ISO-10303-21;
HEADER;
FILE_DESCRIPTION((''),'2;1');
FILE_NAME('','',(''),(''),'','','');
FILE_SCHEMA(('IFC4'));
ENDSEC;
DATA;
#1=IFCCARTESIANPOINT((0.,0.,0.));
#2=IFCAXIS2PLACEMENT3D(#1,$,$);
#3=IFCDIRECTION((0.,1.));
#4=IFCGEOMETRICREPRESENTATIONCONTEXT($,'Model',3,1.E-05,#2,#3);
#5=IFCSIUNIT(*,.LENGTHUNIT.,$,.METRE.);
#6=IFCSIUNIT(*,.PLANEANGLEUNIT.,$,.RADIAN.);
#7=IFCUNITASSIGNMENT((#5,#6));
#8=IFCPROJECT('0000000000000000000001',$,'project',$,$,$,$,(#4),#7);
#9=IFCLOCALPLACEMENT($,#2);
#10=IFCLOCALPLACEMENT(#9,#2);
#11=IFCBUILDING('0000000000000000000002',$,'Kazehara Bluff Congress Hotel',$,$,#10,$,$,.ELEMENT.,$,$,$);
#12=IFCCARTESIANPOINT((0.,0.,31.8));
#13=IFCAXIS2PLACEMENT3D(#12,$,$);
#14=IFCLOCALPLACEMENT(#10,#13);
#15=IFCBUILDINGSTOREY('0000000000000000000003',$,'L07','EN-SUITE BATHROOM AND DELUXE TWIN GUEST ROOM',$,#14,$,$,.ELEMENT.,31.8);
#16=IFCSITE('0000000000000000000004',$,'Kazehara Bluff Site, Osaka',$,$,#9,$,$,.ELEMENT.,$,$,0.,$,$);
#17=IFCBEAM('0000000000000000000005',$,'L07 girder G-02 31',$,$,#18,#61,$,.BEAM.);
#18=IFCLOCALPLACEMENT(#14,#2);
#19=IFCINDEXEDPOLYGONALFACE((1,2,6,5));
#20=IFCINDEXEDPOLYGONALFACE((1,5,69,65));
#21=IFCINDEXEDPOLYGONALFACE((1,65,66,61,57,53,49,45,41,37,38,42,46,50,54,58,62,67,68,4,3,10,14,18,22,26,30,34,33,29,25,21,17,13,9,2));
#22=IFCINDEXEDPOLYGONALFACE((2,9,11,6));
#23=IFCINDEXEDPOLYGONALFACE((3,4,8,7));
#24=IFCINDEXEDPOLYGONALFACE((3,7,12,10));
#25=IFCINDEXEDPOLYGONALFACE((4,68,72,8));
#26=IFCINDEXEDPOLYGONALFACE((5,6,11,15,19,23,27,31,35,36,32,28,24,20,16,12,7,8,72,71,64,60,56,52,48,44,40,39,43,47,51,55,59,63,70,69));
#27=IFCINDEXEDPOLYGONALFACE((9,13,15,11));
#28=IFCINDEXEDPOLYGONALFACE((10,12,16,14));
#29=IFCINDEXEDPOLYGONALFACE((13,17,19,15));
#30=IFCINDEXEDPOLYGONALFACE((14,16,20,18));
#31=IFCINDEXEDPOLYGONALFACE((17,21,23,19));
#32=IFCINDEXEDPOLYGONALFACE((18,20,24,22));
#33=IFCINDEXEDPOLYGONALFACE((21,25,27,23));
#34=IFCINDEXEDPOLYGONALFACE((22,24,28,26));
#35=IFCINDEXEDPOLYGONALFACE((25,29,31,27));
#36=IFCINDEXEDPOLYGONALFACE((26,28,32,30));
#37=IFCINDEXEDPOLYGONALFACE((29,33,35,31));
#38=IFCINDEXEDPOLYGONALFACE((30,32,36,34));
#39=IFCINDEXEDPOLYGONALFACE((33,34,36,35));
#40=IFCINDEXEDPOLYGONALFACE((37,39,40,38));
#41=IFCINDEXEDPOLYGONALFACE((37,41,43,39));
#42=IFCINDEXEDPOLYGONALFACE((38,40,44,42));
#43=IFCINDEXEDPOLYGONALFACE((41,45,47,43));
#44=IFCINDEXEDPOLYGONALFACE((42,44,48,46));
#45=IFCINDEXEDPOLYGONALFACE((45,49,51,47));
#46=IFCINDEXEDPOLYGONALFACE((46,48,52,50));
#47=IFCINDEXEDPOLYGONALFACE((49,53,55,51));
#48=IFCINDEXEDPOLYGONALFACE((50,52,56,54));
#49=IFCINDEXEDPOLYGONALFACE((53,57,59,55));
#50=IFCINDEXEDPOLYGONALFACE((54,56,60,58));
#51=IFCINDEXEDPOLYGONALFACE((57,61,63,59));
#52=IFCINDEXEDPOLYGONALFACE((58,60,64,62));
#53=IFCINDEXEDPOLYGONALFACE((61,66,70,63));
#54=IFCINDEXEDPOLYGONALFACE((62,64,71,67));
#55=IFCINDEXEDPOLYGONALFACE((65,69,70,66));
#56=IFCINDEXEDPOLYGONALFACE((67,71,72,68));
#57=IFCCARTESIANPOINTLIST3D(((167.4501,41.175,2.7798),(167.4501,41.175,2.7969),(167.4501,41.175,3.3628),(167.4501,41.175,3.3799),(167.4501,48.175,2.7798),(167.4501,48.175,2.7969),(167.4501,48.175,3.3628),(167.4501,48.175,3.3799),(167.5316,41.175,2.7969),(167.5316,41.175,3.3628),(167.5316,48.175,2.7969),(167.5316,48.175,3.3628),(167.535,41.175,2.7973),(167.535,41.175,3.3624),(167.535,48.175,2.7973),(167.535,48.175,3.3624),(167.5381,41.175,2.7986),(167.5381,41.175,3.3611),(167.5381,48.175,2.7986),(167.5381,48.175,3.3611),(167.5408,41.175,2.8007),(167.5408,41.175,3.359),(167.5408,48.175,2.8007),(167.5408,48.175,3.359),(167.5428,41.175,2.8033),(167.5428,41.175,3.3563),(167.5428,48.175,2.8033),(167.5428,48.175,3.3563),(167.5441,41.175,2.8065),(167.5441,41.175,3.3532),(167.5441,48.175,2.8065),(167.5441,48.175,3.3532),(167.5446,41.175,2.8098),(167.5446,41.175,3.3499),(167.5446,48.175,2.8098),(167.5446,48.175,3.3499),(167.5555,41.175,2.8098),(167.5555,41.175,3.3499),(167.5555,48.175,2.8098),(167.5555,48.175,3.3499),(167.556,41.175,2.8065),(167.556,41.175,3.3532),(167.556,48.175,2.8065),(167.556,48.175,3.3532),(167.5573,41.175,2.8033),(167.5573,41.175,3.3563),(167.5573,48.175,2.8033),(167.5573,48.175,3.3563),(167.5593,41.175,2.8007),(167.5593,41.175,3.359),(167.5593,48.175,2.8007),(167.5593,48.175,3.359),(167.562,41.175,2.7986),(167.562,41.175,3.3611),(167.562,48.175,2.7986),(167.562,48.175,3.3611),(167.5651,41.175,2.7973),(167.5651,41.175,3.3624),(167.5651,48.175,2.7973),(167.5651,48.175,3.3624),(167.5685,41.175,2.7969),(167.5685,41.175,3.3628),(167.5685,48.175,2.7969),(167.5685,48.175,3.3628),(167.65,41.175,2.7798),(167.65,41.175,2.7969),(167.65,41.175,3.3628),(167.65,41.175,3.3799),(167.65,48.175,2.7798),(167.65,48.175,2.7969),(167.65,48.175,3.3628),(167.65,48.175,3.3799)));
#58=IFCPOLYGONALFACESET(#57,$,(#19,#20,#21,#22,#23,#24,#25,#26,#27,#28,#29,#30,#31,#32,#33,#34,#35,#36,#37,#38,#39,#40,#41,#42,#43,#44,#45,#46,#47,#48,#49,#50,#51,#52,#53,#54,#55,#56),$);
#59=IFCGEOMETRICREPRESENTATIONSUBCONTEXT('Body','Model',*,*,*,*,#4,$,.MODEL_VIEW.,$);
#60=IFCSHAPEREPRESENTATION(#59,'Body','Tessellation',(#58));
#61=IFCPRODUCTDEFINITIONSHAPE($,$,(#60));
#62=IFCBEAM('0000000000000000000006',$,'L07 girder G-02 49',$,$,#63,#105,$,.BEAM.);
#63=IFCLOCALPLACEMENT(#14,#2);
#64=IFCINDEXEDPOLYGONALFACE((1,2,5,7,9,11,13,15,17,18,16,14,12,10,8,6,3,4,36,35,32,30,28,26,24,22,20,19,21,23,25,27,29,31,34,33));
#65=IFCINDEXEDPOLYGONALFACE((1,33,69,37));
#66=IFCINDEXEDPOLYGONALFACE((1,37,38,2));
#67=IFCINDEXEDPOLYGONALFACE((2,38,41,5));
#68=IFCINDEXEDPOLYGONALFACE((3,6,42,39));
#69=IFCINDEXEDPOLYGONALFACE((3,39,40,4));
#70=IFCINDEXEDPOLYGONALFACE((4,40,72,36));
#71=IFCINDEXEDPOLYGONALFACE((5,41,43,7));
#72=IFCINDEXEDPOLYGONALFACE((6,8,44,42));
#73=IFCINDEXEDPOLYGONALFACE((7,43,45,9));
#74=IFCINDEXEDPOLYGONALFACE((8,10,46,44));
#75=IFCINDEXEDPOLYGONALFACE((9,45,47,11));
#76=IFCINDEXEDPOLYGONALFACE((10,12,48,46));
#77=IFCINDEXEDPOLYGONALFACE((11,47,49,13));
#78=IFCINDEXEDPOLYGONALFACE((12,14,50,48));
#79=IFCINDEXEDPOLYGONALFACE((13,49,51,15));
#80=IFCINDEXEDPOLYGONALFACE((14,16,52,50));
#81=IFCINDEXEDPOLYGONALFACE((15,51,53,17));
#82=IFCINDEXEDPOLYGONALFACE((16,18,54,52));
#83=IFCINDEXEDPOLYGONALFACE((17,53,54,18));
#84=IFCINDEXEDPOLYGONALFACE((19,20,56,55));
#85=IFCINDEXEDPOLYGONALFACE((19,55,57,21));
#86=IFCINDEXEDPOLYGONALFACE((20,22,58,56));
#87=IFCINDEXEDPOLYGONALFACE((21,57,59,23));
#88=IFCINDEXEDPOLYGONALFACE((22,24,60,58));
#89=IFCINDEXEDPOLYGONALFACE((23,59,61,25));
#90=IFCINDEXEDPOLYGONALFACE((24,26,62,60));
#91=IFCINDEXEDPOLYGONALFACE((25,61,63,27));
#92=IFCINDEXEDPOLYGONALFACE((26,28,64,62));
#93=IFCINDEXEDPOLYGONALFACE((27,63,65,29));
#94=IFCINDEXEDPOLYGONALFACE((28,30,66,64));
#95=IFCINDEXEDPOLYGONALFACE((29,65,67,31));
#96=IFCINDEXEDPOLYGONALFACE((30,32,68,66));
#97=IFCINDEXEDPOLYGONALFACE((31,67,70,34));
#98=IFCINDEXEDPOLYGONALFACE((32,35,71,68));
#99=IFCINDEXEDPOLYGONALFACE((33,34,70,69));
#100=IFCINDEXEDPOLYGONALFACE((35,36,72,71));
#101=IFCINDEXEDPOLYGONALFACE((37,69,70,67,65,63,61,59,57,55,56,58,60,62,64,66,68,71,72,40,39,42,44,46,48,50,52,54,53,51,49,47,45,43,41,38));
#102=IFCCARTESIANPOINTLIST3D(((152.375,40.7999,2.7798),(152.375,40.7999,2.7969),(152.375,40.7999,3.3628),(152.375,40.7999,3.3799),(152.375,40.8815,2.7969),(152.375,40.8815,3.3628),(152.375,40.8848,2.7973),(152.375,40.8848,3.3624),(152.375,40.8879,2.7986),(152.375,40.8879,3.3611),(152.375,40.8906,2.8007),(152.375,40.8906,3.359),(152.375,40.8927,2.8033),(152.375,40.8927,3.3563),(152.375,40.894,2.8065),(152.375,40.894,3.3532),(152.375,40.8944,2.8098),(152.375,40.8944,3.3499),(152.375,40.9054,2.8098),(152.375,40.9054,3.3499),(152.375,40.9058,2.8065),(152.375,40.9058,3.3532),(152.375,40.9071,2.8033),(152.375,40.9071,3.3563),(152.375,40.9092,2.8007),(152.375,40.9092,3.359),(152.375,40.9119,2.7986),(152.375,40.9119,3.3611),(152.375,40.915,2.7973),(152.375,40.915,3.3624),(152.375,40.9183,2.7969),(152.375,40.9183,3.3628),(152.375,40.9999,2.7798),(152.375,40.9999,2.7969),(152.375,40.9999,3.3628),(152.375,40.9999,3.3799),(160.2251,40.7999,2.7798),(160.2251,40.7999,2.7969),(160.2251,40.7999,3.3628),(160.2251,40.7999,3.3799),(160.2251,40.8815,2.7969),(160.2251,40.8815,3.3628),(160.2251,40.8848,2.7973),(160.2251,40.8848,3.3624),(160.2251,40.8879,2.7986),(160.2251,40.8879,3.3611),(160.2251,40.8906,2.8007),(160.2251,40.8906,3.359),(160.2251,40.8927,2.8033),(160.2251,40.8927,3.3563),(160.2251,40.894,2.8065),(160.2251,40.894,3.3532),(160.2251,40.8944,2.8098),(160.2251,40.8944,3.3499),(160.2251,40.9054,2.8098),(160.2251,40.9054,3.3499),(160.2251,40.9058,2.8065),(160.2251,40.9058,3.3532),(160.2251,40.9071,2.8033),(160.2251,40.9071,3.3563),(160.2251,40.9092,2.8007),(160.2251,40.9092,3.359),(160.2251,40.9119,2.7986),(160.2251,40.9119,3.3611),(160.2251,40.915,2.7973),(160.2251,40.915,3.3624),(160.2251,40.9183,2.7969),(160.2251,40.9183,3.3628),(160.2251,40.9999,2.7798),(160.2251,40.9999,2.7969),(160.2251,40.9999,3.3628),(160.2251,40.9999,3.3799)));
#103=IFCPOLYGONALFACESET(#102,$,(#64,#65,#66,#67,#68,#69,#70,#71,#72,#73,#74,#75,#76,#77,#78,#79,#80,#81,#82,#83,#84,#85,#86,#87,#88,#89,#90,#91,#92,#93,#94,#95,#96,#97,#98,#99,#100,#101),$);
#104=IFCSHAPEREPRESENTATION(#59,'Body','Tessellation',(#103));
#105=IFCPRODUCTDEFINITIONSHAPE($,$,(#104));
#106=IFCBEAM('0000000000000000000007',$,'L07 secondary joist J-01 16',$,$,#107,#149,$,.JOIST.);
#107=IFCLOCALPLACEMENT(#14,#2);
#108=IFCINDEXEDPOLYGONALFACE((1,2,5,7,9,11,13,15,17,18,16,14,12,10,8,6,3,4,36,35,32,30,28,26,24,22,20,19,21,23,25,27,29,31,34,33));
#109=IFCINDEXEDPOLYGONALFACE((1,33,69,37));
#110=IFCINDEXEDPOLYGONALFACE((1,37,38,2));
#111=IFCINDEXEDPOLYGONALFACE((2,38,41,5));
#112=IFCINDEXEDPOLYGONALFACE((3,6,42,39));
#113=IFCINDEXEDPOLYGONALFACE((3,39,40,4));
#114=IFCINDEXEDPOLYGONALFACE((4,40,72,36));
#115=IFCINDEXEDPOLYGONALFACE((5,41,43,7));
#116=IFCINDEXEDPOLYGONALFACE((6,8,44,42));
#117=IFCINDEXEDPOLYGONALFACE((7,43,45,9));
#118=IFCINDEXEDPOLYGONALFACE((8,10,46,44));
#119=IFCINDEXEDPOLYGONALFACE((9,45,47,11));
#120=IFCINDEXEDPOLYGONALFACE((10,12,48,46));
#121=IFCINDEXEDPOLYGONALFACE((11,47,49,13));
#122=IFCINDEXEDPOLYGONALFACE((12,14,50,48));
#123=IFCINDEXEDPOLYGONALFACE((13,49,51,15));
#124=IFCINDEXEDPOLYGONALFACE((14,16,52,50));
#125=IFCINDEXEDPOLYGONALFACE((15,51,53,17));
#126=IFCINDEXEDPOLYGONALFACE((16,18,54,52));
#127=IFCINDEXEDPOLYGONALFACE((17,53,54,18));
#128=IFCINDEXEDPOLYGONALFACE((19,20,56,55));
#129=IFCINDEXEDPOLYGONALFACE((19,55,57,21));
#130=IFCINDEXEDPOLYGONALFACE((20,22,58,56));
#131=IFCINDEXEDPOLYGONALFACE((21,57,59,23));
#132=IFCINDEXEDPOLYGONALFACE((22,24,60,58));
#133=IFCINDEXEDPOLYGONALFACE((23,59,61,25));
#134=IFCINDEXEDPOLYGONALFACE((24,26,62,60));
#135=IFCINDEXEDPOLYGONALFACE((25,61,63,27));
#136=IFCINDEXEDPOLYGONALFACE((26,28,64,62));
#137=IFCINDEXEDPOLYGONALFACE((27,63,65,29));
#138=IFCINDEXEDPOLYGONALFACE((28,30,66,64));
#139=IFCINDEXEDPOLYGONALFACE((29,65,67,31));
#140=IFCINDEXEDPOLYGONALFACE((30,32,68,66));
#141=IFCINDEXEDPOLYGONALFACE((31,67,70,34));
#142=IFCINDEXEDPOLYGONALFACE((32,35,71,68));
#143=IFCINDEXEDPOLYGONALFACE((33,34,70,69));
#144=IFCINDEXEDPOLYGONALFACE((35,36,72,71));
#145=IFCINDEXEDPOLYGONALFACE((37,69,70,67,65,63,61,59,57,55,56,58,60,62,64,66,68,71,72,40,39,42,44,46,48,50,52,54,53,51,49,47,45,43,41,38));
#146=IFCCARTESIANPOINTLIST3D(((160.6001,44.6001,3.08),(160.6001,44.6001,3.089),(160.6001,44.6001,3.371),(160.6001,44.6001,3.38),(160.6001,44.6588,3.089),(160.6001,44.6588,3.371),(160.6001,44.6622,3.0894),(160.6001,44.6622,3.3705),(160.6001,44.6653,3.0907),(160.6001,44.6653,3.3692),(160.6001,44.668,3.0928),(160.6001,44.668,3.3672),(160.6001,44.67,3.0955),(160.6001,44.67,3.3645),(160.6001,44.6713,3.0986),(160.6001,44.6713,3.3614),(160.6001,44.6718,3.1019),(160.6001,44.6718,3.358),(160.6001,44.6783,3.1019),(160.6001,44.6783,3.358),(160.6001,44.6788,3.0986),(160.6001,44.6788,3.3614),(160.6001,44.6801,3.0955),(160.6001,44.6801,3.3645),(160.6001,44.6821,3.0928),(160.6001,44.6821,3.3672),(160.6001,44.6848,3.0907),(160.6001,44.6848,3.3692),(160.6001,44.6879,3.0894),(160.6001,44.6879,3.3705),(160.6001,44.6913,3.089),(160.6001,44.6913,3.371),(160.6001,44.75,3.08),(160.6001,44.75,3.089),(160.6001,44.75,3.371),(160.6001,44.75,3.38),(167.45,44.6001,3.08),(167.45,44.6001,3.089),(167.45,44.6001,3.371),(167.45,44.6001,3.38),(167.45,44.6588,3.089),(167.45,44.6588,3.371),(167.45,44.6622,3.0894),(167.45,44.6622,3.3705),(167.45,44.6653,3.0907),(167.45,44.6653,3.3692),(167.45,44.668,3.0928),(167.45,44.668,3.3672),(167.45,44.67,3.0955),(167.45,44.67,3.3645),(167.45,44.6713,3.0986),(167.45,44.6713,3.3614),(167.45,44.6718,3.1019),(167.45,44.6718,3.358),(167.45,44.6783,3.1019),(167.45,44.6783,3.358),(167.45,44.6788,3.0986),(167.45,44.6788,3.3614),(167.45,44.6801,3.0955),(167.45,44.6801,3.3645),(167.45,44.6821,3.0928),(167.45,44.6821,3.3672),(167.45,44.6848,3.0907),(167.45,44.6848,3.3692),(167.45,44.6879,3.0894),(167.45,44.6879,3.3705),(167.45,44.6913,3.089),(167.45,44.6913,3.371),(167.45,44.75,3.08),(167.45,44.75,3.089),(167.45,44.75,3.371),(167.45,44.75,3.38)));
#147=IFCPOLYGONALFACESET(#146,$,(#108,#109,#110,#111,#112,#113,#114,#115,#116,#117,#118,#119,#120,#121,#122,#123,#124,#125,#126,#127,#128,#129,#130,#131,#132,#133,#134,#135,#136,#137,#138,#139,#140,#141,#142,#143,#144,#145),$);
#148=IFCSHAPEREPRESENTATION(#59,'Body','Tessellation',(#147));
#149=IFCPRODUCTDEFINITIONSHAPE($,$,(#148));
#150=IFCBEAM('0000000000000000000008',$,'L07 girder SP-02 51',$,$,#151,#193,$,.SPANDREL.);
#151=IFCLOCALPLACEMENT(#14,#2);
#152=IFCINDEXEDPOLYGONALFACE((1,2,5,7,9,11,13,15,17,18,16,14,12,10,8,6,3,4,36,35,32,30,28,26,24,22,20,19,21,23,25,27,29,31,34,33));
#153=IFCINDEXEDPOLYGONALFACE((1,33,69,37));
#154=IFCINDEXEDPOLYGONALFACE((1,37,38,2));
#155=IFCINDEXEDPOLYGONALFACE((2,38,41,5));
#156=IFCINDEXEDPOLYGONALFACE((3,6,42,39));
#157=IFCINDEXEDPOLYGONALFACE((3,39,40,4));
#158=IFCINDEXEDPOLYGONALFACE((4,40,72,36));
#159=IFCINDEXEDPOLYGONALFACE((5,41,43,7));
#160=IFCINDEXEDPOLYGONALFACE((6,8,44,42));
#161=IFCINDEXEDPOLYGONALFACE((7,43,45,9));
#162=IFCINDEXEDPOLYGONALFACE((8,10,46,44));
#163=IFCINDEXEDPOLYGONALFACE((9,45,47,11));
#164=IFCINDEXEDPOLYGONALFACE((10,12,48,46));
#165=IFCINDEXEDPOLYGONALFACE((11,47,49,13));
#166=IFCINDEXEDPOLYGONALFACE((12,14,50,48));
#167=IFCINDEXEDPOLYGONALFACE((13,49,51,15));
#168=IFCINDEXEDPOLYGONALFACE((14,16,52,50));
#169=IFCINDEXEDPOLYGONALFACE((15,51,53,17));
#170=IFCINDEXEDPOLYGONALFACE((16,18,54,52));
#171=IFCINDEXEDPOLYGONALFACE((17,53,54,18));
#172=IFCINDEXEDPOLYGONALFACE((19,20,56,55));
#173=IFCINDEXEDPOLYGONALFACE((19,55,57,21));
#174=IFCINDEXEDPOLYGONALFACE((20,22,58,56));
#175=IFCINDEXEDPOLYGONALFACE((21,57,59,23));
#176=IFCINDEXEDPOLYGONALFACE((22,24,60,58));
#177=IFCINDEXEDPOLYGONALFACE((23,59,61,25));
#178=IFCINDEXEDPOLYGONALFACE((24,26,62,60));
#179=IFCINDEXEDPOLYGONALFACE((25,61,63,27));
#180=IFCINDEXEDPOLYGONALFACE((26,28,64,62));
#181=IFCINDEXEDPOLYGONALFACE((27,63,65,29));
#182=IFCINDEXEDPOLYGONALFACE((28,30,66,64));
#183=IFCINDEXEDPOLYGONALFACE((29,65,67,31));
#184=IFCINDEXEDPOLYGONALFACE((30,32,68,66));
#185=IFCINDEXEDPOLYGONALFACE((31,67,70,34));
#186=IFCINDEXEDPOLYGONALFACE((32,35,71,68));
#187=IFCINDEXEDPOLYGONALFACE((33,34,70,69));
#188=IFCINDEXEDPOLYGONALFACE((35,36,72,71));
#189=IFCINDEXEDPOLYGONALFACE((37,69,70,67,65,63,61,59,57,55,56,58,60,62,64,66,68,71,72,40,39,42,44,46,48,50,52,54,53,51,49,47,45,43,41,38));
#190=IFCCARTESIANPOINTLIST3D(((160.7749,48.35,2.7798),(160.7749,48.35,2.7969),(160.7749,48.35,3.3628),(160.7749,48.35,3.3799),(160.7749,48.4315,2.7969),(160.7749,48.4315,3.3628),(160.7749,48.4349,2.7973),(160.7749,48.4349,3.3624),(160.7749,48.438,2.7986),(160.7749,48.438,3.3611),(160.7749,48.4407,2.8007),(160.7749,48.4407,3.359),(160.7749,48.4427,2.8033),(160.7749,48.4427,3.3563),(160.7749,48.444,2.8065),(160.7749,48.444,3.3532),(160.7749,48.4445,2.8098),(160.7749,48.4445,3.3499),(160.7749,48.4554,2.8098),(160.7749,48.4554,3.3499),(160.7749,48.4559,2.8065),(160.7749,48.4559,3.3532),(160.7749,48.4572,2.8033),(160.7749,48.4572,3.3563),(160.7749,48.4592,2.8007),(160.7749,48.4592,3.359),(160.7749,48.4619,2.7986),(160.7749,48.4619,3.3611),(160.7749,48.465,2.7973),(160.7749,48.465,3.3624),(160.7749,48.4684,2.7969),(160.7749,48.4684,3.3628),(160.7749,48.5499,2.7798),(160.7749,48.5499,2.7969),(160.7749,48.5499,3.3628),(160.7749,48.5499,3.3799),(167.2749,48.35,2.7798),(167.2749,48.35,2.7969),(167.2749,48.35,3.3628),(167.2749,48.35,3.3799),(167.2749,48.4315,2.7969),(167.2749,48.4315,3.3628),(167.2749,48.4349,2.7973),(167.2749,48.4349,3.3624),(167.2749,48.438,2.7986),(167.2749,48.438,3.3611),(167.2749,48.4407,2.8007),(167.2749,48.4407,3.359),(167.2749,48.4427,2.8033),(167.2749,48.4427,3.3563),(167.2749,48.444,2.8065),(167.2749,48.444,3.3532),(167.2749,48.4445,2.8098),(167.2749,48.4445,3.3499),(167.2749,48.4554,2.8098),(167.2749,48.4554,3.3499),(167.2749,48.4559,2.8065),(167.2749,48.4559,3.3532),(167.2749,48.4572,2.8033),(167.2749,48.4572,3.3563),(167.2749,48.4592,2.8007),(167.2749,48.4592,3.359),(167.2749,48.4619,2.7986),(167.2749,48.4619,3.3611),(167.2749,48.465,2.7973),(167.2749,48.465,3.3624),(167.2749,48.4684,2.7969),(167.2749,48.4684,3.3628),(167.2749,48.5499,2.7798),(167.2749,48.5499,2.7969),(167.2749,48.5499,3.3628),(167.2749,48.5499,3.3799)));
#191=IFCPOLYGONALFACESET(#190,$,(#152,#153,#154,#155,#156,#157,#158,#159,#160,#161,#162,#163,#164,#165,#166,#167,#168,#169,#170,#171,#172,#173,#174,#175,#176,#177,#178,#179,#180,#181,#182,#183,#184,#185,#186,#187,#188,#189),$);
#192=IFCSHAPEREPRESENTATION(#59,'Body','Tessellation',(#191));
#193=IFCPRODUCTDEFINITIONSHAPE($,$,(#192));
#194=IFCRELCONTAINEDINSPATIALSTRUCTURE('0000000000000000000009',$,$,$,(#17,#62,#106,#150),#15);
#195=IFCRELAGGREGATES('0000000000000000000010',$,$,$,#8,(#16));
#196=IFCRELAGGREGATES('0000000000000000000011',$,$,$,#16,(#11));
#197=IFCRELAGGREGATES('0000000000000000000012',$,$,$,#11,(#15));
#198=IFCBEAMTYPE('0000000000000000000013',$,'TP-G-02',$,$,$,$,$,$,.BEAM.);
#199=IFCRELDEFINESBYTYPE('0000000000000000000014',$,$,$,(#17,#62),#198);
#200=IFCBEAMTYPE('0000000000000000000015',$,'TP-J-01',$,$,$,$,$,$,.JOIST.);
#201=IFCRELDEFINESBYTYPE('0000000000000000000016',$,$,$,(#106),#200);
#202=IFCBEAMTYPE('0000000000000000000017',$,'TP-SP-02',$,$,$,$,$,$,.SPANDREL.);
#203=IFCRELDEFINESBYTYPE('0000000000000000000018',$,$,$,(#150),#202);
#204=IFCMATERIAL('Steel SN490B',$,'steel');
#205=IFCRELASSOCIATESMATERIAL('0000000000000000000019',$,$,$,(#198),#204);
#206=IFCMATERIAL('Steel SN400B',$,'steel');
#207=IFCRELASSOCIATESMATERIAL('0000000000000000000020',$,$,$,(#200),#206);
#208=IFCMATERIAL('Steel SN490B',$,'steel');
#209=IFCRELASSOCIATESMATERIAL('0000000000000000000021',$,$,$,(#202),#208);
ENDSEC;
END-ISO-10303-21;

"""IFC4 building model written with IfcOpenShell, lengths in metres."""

from ifc_helpers import new_model, si_unit, direction, frame, origin, origin_2d, place, context, subcontext, project, spatial, i_section, extrude, material, material_profile, profile_set, type_object, element, save


model = new_model("IFC4")

# Units and contexts
model_context = context("Model", 3, precision=1e-05, world=origin(), true_north=direction((0.0, 1.0)))
body_context = subcontext(model_context, "Body", "Model", "MODEL_VIEW")
ifc_project = project(units=[si_unit("LENGTHUNIT", "METRE"), si_unit("PLANEANGLEUNIT", "RADIAN")], contexts=[model_context])

# Site, building, storey
site_placement = place(None, origin())
site = spatial("IfcSite", under=ifc_project, at=site_placement, Name="Kazehara Bluff Site, Osaka", CompositionType="ELEMENT", RefElevation=0.0)
building_placement = place(site_placement, origin())
building = spatial("IfcBuilding", under=site, at=building_placement, Name="Kazehara Bluff Congress Hotel", CompositionType="ELEMENT")
storey_placement = place(building_placement, frame((0.0, 0.0, 31.8)))
storey = spatial("IfcBuildingStorey", under=building, at=storey_placement, Name="L07", Description="EN-SUITE BATHROOM AND DELUXE TWIN GUEST ROOM", CompositionType="ELEMENT", Elevation=31.8)

# Beams
ifc_material_1 = material(Name="Steel SN490B", Category="steel")
ifc_material_profile_1 = material_profile(ifc_material_1, i_section(OverallWidth=0.2, OverallDepth=0.6001, WebThickness=0.011, FlangeThickness=0.0171, FilletRadius=0.0129, at=origin_2d()))
ifc_profile_set_1 = profile_set([ifc_material_profile_1], Name="Steel SN490B")
beam_type_1 = type_object("IfcBeamType", Name="TP-G-02", PredefinedType="BEAM", material=ifc_profile_set_1)
for number, where, z_axis, x_axis, name in (
    (1, (167.55, 41.175, 3.0798), (0.0, 1.0, 0.0), (-1.0, 0.0, 0.0), "L07 girder G-02 31"),
):
    element("IfcBeam", number, at=place(storey_placement, frame(where, z_axis=z_axis, x_axis=x_axis)), inside=storey, type_object=beam_type_1, Name=name, PredefinedType="BEAM", context=body_context, shape_type="SweptSolid", body=[
        extrude(i_section(OverallWidth=0.2, OverallDepth=0.6001, WebThickness=0.011, FlangeThickness=0.0171, FilletRadius=0.0129, at=origin_2d()), origin(), (0.0, 0.0, 1.0), 7.0),
    ])
beam_1_placement = place(storey_placement, frame((152.375, 40.8999, 3.0798), z_axis=(1.0, 0.0, 0.0), x_axis=(0.0, 1.0, 0.0)))
element("IfcBeam", 2, at=beam_1_placement, inside=storey, type_object=beam_type_1, Name="L07 girder G-02 49", PredefinedType="BEAM", context=body_context, shape_type="SweptSolid", body=[
    extrude(i_section(OverallWidth=0.2, OverallDepth=0.6001, WebThickness=0.011, FlangeThickness=0.0171, FilletRadius=0.0129, at=origin_2d()), origin(), (0.0, 0.0, 1.0), 7.8501),
])
ifc_material_2 = material(Name="Steel SN400B", Category="steel")
ifc_material_profile_2 = material_profile(ifc_material_2, i_section(OverallWidth=0.1499, OverallDepth=0.3, WebThickness=0.0066, FlangeThickness=0.009, FilletRadius=0.0129, at=origin_2d()))
ifc_profile_set_2 = profile_set([ifc_material_profile_2], Name="Steel SN400B")
beam_type_2 = type_object("IfcBeamType", Name="TP-J-01", PredefinedType="JOIST", material=ifc_profile_set_2)
beam_2_placement = place(storey_placement, frame((160.6001, 44.675, 3.23), z_axis=(1.0, 0.0, 0.0), x_axis=(0.0, 1.0, 0.0)))
element("IfcBeam", 3, at=beam_2_placement, inside=storey, type_object=beam_type_2, Name="L07 secondary joist J-01 16", PredefinedType="JOIST", context=body_context, shape_type="SweptSolid", body=[
    extrude(i_section(OverallWidth=0.1499, OverallDepth=0.3, WebThickness=0.0066, FlangeThickness=0.009, FilletRadius=0.0129, at=origin_2d()), origin(), (0.0, 0.0, 1.0), 6.8499),
])
ifc_material_3 = material(Name="Steel SN490B", Category="steel")
ifc_material_profile_3 = material_profile(ifc_material_3, i_section(OverallWidth=0.2, OverallDepth=0.6001, WebThickness=0.011, FlangeThickness=0.0171, FilletRadius=0.0129, at=origin_2d()))
ifc_profile_set_3 = profile_set([ifc_material_profile_3], Name="Steel SN490B")
beam_type_3 = type_object("IfcBeamType", Name="TP-SP-02", PredefinedType="SPANDREL", material=ifc_profile_set_3)
beam_3_placement = place(storey_placement, frame((160.7749, 48.45, 3.0798), z_axis=(1.0, 0.0, 0.0), x_axis=(0.0, 1.0, 0.0)))
element("IfcBeam", 4, at=beam_3_placement, inside=storey, type_object=beam_type_3, Name="L07 girder SP-02 51", PredefinedType="SPANDREL", context=body_context, shape_type="SweptSolid", body=[
    extrude(i_section(OverallWidth=0.2, OverallDepth=0.6001, WebThickness=0.011, FlangeThickness=0.0171, FilletRadius=0.0129, at=origin_2d()), origin(), (0.0, 0.0, 1.0), 6.5),
])

save(model, "model.ifc")
